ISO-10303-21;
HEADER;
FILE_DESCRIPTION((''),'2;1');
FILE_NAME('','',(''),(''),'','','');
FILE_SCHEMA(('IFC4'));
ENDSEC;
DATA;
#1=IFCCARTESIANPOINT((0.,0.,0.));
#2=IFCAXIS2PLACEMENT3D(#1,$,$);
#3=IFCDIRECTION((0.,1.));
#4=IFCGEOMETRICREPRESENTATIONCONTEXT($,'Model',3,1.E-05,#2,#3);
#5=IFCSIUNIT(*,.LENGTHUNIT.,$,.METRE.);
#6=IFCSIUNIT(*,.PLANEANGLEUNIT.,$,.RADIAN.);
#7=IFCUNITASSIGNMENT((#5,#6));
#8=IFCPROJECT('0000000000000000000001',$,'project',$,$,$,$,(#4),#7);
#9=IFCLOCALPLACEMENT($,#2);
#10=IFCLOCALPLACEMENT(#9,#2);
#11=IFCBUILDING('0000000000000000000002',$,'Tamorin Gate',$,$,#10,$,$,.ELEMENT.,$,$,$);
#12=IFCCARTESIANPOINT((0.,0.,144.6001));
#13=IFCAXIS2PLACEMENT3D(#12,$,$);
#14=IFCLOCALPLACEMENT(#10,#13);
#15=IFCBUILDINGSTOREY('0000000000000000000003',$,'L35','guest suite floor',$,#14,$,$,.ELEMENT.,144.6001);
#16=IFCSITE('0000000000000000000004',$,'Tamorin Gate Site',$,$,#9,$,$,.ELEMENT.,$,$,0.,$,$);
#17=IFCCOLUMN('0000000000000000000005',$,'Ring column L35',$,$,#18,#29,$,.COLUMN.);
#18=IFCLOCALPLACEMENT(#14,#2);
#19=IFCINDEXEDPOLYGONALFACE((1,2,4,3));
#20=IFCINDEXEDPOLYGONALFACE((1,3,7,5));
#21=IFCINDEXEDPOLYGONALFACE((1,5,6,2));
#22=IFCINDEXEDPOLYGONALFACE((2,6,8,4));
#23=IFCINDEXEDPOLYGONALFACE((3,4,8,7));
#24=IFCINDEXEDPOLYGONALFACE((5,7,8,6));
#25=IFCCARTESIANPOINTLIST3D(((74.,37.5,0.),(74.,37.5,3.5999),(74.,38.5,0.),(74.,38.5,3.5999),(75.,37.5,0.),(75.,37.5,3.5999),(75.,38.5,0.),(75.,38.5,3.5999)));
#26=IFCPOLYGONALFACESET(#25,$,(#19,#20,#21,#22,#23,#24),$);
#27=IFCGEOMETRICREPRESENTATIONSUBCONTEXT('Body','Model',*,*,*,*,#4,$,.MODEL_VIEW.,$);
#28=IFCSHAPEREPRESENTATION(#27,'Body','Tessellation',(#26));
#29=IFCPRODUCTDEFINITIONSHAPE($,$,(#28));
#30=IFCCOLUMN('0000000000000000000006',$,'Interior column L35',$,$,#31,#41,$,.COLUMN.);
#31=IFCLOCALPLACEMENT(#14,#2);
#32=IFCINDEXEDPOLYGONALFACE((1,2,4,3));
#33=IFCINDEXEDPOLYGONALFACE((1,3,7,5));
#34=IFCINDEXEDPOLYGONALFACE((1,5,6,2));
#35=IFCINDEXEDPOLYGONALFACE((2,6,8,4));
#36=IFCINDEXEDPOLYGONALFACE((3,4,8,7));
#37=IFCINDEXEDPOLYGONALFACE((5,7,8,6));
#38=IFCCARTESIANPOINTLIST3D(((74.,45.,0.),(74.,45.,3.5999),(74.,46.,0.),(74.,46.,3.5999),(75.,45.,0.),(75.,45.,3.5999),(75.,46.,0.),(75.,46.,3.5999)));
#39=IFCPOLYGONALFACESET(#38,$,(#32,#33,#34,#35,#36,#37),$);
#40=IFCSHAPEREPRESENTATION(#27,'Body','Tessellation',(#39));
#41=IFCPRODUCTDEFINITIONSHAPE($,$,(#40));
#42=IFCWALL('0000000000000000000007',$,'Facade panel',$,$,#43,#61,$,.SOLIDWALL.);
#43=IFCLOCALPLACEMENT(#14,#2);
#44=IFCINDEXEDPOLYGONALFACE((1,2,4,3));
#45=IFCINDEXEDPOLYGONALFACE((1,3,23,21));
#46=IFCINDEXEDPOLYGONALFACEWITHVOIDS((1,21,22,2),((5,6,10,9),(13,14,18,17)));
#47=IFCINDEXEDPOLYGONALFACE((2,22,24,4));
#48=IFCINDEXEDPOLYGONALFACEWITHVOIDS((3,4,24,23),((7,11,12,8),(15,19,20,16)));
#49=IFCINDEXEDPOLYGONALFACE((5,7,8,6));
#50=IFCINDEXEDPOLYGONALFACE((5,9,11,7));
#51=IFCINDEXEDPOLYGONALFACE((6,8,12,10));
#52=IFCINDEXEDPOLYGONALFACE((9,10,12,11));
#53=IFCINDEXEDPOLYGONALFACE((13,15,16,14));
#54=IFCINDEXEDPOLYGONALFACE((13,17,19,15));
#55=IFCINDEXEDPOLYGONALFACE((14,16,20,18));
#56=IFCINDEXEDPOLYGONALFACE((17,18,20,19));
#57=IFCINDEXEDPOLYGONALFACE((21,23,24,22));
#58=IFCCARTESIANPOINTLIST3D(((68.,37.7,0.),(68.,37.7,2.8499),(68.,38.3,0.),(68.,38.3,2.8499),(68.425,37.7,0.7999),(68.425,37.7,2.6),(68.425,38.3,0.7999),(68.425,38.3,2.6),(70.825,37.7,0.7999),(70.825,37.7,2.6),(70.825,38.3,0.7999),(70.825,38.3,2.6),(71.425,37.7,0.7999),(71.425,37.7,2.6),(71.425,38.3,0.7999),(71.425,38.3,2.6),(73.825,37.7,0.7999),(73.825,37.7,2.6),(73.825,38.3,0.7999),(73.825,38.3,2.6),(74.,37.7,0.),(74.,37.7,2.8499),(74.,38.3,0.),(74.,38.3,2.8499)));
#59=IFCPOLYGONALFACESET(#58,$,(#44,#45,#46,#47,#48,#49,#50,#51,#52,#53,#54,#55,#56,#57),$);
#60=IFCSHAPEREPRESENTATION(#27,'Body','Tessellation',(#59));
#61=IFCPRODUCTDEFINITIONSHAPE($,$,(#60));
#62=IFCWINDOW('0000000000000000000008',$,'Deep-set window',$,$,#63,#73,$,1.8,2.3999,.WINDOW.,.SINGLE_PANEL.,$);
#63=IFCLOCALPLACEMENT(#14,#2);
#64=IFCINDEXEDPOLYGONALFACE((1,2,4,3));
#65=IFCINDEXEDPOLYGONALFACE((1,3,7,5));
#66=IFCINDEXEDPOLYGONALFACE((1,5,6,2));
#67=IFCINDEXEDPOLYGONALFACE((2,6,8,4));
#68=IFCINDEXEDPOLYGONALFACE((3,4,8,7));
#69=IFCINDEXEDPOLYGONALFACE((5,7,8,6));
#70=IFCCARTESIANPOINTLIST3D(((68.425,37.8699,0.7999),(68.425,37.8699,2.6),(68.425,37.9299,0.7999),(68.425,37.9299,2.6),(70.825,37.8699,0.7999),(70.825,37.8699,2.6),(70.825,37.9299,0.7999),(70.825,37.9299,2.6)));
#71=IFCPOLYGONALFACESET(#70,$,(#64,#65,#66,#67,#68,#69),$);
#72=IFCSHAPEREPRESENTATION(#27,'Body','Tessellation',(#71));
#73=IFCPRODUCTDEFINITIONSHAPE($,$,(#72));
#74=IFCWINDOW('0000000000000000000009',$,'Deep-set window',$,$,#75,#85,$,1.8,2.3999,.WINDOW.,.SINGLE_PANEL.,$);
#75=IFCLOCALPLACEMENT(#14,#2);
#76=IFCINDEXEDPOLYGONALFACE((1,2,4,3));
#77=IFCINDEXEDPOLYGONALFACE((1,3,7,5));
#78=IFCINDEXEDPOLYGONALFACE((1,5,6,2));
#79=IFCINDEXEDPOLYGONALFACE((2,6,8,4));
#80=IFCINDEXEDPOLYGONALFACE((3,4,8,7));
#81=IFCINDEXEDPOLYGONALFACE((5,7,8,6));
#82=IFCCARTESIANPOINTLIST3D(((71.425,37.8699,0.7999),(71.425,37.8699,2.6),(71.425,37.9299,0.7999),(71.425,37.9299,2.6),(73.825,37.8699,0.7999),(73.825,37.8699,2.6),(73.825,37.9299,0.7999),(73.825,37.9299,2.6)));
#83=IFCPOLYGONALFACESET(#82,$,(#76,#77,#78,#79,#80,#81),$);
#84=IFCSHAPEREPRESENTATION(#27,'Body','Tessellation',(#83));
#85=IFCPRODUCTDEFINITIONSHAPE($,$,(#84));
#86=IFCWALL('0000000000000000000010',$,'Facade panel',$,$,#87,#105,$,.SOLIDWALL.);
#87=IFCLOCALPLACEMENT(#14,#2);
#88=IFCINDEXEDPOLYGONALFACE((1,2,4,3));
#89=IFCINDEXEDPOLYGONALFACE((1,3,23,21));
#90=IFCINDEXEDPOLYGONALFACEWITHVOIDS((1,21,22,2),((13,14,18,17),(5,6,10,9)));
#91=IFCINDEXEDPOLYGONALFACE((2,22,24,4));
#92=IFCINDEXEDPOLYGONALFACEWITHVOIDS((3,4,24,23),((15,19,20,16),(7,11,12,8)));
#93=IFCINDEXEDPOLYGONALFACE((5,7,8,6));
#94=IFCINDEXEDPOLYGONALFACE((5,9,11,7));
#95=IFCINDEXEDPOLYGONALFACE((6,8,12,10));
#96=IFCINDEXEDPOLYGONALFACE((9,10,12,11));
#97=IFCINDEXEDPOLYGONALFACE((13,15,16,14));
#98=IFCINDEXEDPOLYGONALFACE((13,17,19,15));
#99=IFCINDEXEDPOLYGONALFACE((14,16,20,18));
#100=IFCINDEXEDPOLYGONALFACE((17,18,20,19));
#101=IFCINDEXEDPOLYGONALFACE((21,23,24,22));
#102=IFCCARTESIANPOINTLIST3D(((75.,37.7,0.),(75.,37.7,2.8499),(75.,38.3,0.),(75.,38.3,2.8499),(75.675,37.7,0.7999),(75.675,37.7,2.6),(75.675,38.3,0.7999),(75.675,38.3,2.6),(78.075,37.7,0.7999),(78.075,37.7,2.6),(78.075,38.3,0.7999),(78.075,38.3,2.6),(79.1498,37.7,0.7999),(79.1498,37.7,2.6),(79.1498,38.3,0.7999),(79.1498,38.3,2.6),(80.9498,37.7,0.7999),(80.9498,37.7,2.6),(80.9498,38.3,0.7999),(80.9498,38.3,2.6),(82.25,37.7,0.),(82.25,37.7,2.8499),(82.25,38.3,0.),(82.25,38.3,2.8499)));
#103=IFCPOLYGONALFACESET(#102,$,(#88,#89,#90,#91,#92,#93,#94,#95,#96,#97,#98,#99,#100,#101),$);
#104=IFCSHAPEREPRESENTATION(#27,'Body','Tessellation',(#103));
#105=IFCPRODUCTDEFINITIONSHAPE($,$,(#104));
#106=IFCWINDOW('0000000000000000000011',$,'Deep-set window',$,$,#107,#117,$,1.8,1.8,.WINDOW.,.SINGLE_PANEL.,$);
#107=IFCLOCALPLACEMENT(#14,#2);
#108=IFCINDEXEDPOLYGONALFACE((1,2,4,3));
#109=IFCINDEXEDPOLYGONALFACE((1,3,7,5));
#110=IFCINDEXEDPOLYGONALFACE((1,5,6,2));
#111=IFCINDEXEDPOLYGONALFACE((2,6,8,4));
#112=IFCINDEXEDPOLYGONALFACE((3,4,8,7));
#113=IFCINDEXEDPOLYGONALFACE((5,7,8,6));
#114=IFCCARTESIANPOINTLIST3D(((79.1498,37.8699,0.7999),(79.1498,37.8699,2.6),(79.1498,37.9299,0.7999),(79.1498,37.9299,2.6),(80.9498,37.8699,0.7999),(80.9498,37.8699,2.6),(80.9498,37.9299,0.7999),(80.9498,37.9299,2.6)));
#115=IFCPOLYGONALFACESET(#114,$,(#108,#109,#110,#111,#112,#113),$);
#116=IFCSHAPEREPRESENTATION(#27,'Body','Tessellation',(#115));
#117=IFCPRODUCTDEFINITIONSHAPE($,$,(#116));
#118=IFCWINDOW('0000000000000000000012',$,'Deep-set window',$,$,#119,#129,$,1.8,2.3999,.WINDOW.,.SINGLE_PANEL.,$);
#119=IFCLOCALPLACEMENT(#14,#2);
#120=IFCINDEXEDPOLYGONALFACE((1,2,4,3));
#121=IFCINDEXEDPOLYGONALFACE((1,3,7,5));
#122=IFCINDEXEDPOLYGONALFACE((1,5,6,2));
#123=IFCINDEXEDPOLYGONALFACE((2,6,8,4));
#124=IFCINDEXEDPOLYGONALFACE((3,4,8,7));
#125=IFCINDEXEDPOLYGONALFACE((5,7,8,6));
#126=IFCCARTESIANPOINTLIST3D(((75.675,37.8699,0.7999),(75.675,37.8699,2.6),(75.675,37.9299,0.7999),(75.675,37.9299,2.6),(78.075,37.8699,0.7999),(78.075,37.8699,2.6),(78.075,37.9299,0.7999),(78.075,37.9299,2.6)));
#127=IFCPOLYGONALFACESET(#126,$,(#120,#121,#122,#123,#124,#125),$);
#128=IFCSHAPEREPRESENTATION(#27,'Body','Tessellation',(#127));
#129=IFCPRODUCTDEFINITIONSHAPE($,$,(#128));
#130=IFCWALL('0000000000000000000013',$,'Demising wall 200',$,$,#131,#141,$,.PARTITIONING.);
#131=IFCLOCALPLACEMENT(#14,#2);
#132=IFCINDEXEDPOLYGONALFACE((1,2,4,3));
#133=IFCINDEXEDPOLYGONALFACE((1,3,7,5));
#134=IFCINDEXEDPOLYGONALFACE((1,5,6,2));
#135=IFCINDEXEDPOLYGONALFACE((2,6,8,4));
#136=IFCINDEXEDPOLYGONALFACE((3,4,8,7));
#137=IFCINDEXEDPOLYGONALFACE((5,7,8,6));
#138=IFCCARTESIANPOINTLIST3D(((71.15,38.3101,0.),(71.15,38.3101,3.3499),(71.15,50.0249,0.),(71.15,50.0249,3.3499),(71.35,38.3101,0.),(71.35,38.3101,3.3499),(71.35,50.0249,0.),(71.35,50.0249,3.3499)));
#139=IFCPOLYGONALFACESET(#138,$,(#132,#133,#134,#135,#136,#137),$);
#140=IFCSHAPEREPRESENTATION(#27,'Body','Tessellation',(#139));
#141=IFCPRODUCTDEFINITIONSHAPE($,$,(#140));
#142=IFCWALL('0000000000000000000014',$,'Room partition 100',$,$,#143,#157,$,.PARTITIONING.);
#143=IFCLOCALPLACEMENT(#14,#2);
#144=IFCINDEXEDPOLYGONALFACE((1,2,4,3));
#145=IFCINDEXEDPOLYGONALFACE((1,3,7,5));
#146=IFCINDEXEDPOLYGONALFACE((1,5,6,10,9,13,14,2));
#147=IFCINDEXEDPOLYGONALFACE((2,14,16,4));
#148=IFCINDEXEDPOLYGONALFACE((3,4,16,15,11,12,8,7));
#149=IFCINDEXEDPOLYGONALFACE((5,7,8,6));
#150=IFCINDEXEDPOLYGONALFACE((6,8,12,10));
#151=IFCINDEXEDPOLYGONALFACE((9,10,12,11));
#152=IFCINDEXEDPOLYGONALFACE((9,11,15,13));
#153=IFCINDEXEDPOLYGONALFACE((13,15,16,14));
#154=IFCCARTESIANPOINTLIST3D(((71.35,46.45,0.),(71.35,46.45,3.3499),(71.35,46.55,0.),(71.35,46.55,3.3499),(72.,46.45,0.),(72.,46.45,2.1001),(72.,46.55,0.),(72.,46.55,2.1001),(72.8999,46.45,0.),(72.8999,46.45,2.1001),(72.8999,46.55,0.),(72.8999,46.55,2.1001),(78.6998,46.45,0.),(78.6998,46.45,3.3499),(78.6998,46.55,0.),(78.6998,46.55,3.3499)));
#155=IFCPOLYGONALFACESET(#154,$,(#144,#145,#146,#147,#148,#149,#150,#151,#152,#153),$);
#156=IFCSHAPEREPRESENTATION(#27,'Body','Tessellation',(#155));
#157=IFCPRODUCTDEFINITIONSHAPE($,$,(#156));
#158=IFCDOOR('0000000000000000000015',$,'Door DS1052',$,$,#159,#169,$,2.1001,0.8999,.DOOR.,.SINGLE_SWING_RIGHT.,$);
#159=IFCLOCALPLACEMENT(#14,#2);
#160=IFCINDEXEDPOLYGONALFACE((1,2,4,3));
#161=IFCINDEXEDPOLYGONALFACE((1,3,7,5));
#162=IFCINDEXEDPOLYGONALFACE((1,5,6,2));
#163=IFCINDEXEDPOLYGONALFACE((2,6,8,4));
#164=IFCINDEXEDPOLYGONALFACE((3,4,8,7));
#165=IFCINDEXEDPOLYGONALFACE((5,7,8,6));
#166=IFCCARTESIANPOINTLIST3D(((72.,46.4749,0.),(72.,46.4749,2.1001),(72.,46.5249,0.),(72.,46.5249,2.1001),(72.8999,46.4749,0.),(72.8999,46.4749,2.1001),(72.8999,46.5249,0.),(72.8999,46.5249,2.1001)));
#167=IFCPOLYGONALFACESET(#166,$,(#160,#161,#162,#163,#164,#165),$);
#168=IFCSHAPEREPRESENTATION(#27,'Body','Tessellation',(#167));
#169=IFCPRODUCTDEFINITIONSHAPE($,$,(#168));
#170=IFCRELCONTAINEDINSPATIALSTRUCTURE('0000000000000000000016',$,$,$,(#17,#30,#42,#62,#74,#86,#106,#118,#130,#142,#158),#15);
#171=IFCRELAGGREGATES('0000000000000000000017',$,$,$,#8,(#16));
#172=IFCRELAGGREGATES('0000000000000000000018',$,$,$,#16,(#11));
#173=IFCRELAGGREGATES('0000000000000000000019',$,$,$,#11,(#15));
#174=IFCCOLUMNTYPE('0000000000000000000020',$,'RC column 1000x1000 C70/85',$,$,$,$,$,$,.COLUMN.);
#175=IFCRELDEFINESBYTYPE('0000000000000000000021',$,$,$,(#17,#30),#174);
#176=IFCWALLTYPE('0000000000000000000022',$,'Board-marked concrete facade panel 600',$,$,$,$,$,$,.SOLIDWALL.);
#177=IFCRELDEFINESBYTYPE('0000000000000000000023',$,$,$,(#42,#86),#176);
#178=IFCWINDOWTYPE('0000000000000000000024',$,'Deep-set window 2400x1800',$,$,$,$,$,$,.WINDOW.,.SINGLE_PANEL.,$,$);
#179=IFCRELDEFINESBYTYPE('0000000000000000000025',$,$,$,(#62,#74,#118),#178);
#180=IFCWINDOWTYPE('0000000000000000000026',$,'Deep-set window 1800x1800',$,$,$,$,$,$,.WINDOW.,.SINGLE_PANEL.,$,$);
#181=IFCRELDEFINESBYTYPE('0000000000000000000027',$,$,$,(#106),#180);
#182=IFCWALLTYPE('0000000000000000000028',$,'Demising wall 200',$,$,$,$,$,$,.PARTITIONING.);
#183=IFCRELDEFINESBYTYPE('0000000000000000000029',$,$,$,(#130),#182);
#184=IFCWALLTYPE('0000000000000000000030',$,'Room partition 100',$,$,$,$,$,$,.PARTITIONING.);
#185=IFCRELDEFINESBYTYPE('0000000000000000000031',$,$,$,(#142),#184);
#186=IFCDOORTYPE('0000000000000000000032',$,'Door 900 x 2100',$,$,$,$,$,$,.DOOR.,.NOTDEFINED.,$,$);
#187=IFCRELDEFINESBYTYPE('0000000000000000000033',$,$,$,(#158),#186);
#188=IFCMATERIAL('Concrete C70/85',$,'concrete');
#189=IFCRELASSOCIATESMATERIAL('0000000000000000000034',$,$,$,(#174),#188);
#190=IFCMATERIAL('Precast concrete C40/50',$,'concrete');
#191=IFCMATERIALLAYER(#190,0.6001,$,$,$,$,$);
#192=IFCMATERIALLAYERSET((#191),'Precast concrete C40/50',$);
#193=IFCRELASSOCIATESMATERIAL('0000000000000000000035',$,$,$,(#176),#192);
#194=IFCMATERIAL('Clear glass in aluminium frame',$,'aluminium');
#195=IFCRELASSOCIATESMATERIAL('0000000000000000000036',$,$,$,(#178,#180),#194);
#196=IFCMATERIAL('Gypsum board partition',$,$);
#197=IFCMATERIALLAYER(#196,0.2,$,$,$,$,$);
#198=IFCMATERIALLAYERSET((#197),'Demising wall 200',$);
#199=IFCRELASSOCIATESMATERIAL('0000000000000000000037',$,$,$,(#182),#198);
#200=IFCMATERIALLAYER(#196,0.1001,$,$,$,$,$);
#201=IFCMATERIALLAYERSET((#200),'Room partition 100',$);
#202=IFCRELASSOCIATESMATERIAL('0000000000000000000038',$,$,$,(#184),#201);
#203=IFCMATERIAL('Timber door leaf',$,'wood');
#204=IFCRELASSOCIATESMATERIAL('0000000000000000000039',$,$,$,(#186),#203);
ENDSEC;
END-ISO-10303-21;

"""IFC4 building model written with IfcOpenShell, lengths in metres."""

from ifc_helpers import new_model, si_unit, direction, frame, frame_2d, origin, origin_2d, place, context, subcontext, project, spatial, rectangle, extrude, material, layer, layer_set, material_profile, profile_set, type_object, element, fill, save


model = new_model("IFC4")

# Units and contexts
model_context = context("Model", 3, precision=1e-05, world=origin(), true_north=direction((0.0, 1.0)))
body_context = subcontext(model_context, "Body", "Model", "MODEL_VIEW")
ifc_project = project(units=[si_unit("LENGTHUNIT", "METRE"), si_unit("PLANEANGLEUNIT", "RADIAN")], contexts=[model_context])

# Site, building, storey
site_placement = place(None, origin())
site = spatial("IfcSite", under=ifc_project, at=site_placement, Name="Tamorin Gate Site", CompositionType="ELEMENT", RefElevation=0.0)
building_placement = place(site_placement, origin())
building = spatial("IfcBuilding", under=site, at=building_placement, Name="Tamorin Gate", CompositionType="ELEMENT")
storey_placement = place(building_placement, frame((0.0, 0.0, 144.6001)))
storey = spatial("IfcBuildingStorey", under=building, at=storey_placement, Name="L35", Description="guest suite floor", CompositionType="ELEMENT", Elevation=144.6001)

# Columns
ifc_material_1 = material(Name="Concrete C70/85", Category="concrete")
ifc_material_profile = material_profile(ifc_material_1, rectangle(XDim=1.0, YDim=1.0, at=origin_2d()), Name="RC 1000x1000")
ifc_profile_set = profile_set([ifc_material_profile], Name="Concrete C70/85")
column_type = type_object("IfcColumnType", Name="RC column 1000x1000 C70/85", PredefinedType="COLUMN", material=ifc_profile_set)
for number, where, z_axis, x_axis, name in (
    (1, (74.5, 38.0, 0.0), (0.0, 0.0, 1.0), (1.0, 0.0, 0.0), "Ring column L35"),
    (2, (74.5, 45.5, 0.0), (0.0, 0.0, 1.0), (1.0, 0.0, 0.0), "Interior column L35"),
):
    element("IfcColumn", number, at=place(storey_placement, frame(where, z_axis=z_axis, x_axis=x_axis)), inside=storey, type_object=column_type, Name=name, PredefinedType="COLUMN", context=body_context, shape_type="SweptSolid", body=[
        extrude(rectangle(XDim=1.0, YDim=1.0, at=origin_2d()), origin(), (0.0, 0.0, 1.0), 3.5999),
    ])

# Walls, openings, windows
ifc_material_2 = material(Name="Precast concrete C40/50", Category="concrete")
ifc_layer_1 = layer(ifc_material_2, 0.6001)
ifc_layer_set_1 = layer_set([ifc_layer_1], Name="Precast concrete C40/50")
wall_type_1 = type_object("IfcWallType", Name="Board-marked concrete facade panel 600", PredefinedType="SOLIDWALL", material=ifc_layer_set_1)
wall_1_placement = place(storey_placement, frame((68.0, 38.0, 0.0), z_axis=(0.0, 0.0, 1.0), x_axis=(1.0, 0.0, 0.0)))
wall_1 = element("IfcWall", 3, at=wall_1_placement, inside=storey, type_object=wall_type_1, Name="Facade panel", PredefinedType="SOLIDWALL", context=body_context, shape_type="SweptSolid", body=[
    extrude(rectangle(XDim=6.0, YDim=0.6001, at=frame_2d((3.0, 0.0))), origin(), (0.0, 0.0, 1.0), 2.8499),
])
opening_1_placement = place(wall_1_placement, frame((0.425, 0.0, 0.8)))
opening_1 = element("IfcOpeningElement", 4, at=opening_1_placement, cuts=wall_1, PredefinedType="OPENING", context=body_context, shape_type="SweptSolid", body=[
    extrude(rectangle(XDim=2.3999, YDim=1.8, at=frame_2d((1.2, 0.8999))), frame((0.0, 0.3101, 0.0), z_axis=(0.0, -1.0, 0.0), x_axis=(1.0, 0.0, 0.0)), (0.0, 0.0, 1.0), 0.6201),
])
opening_2_placement = place(wall_1_placement, frame((3.425, 0.0, 0.8)))
opening_2 = element("IfcOpeningElement", 5, at=opening_2_placement, cuts=wall_1, PredefinedType="OPENING", context=body_context, shape_type="SweptSolid", body=[
    extrude(rectangle(XDim=2.3999, YDim=1.8, at=frame_2d((1.2, 0.8999))), frame((0.0, 0.3101, 0.0), z_axis=(0.0, -1.0, 0.0), x_axis=(1.0, 0.0, 0.0)), (0.0, 0.0, 1.0), 0.6201),
])
ifc_material_3 = material(Name="Clear glass in aluminium frame", Category="aluminium")
window_type_1 = type_object("IfcWindowType", Name="Deep-set window 2400x1800", PartitioningType="SINGLE_PANEL", PredefinedType="WINDOW", material=ifc_material_3)
window_1_placement = place(opening_1_placement, origin())
window_1 = element("IfcWindow", 6, at=window_1_placement, inside=storey, type_object=window_type_1, Name="Deep-set window", OverallHeight=1.8, OverallWidth=2.3999, PartitioningType="SINGLE_PANEL", PredefinedType="WINDOW", context=body_context, shape_type="SweptSolid", body=[
    extrude(rectangle(XDim=2.3999, YDim=1.8, at=frame_2d((1.2, 0.8999))), frame((0.0, -0.0701, 0.0), z_axis=(0.0, -1.0, 0.0), x_axis=(1.0, 0.0, 0.0)), (0.0, 0.0, 1.0), 0.0601),
])
fill(opening_1, window_1)
window_2_placement = place(opening_2_placement, origin())
window_2 = element("IfcWindow", 7, at=window_2_placement, inside=storey, type_object=window_type_1, Name="Deep-set window", OverallHeight=1.8, OverallWidth=2.3999, PartitioningType="SINGLE_PANEL", PredefinedType="WINDOW", context=body_context, shape_type="SweptSolid", body=[
    extrude(rectangle(XDim=2.3999, YDim=1.8, at=frame_2d((1.2, 0.8999))), frame((0.0, -0.0701, 0.0), z_axis=(0.0, -1.0, 0.0), x_axis=(1.0, 0.0, 0.0)), (0.0, 0.0, 1.0), 0.0601),
])
fill(opening_2, window_2)
wall_2_placement = place(storey_placement, frame((75.0, 38.0, 0.0), z_axis=(0.0, 0.0, 1.0), x_axis=(1.0, 0.0, 0.0)))
wall_2 = element("IfcWall", 8, at=wall_2_placement, inside=storey, type_object=wall_type_1, Name="Facade panel", PredefinedType="SOLIDWALL", context=body_context, shape_type="SweptSolid", body=[
    extrude(rectangle(XDim=7.25, YDim=0.6001, at=frame_2d((3.625, 0.0))), origin(), (0.0, 0.0, 1.0), 2.8499),
])
opening_3_placement = place(wall_2_placement, frame((0.675, 0.0, 0.8)))
opening_3 = element("IfcOpeningElement", 9, at=opening_3_placement, cuts=wall_2, PredefinedType="OPENING", context=body_context, shape_type="SweptSolid", body=[
    extrude(rectangle(XDim=2.3999, YDim=1.8, at=frame_2d((1.2, 0.8999))), frame((0.0, 0.3101, 0.0), z_axis=(0.0, -1.0, 0.0), x_axis=(1.0, 0.0, 0.0)), (0.0, 0.0, 1.0), 0.6201),
])
opening_4_placement = place(wall_2_placement, frame((4.1499, 0.0, 0.8)))
opening_4 = element("IfcOpeningElement", 10, at=opening_4_placement, cuts=wall_2, PredefinedType="OPENING", context=body_context, shape_type="SweptSolid", body=[
    extrude(rectangle(XDim=1.8, YDim=1.8, at=frame_2d((0.8999, 0.8999))), frame((0.0, 0.3101, 0.0), z_axis=(0.0, -1.0, 0.0), x_axis=(1.0, 0.0, 0.0)), (0.0, 0.0, 1.0), 0.6201),
])
window_type_2 = type_object("IfcWindowType", Name="Deep-set window 1800x1800", PartitioningType="SINGLE_PANEL", PredefinedType="WINDOW", material=ifc_material_3)
window_3_placement = place(opening_4_placement, origin())
window_3 = element("IfcWindow", 11, at=window_3_placement, inside=storey, type_object=window_type_2, Name="Deep-set window", OverallHeight=1.8, OverallWidth=1.8, PartitioningType="SINGLE_PANEL", PredefinedType="WINDOW", context=body_context, shape_type="SweptSolid", body=[
    extrude(rectangle(XDim=1.8, YDim=1.8, at=frame_2d((0.8999, 0.8999))), frame((0.0, -0.0701, 0.0), z_axis=(0.0, -1.0, 0.0), x_axis=(1.0, 0.0, 0.0)), (0.0, 0.0, 1.0), 0.0601),
])
fill(opening_4, window_3)
window_4_placement = place(opening_3_placement, origin())
window_4 = element("IfcWindow", 12, at=window_4_placement, inside=storey, type_object=window_type_1, Name="Deep-set window", OverallHeight=1.8, OverallWidth=2.3999, PartitioningType="SINGLE_PANEL", PredefinedType="WINDOW", context=body_context, shape_type="SweptSolid", body=[
    extrude(rectangle(XDim=2.3999, YDim=1.8, at=frame_2d((1.2, 0.8999))), frame((0.0, -0.0701, 0.0), z_axis=(0.0, -1.0, 0.0), x_axis=(1.0, 0.0, 0.0)), (0.0, 0.0, 1.0), 0.0601),
])
fill(opening_3, window_4)

# Wall
ifc_material_4 = material(Name="Gypsum board partition")
ifc_layer_2 = layer(ifc_material_4, 0.2)
ifc_layer_set_2 = layer_set([ifc_layer_2], Name="Demising wall 200")
wall_type_2 = type_object("IfcWallType", Name="Demising wall 200", PredefinedType="PARTITIONING", material=ifc_layer_set_2)
wall_3_placement = place(storey_placement, frame((71.25, 38.3101, 0.0), z_axis=(0.0, 0.0, 1.0), x_axis=(0.0, 1.0, 0.0)))
element("IfcWall", 13, at=wall_3_placement, inside=storey, type_object=wall_type_2, Name="Demising wall 200", PredefinedType="PARTITIONING", context=body_context, shape_type="SweptSolid", body=[
    extrude(rectangle(XDim=11.7148, YDim=0.2, at=frame_2d((5.8574, 0.0))), origin(), (0.0, 0.0, 1.0), 3.3499),
])

# Wall, opening, door
ifc_layer_3 = layer(ifc_material_4, 0.1001)
ifc_layer_set_3 = layer_set([ifc_layer_3], Name="Room partition 100")
wall_type_3 = type_object("IfcWallType", Name="Room partition 100", PredefinedType="PARTITIONING", material=ifc_layer_set_3)
wall_4_placement = place(storey_placement, frame((71.3501, 46.5, 0.0), z_axis=(0.0, 0.0, 1.0), x_axis=(1.0, 0.0, 0.0)))
wall_4 = element("IfcWall", 14, at=wall_4_placement, inside=storey, type_object=wall_type_3, Name="Room partition 100", PredefinedType="PARTITIONING", context=body_context, shape_type="SweptSolid", body=[
    extrude(rectangle(XDim=7.3499, YDim=0.1001, at=frame_2d((3.6748, 0.0))), origin(), (0.0, 0.0, 1.0), 3.3499),
])
opening_5_placement = place(wall_4_placement, frame((0.6499, 0.0, 0.0)))
opening_5 = element("IfcOpeningElement", 15, at=opening_5_placement, cuts=wall_4, PredefinedType="OPENING", context=body_context, shape_type="SweptSolid", body=[
    extrude(rectangle(XDim=0.8999, YDim=2.1001, at=frame_2d((0.45, 1.05))), frame((0.0, 0.0601, 0.0), z_axis=(0.0, -1.0, 0.0), x_axis=(1.0, 0.0, 0.0)), (0.0, 0.0, 1.0), 0.1201),
])
ifc_material_5 = material(Name="Timber door leaf", Category="wood")
door_type = type_object("IfcDoorType", Name="Door 900 x 2100", OperationType="NOTDEFINED", PredefinedType="DOOR", material=ifc_material_5)
door_1_placement = place(opening_5_placement, origin())
door_1 = element("IfcDoor", 16, at=door_1_placement, inside=storey, type_object=door_type, Name="Door DS1052", OperationType="SINGLE_SWING_RIGHT", OverallHeight=2.1001, OverallWidth=0.8999, PredefinedType="DOOR", context=body_context, shape_type="SweptSolid", body=[
    extrude(rectangle(XDim=0.8999, YDim=2.1001, at=frame_2d((0.45, 1.05))), frame((0.0, 0.0249, 0.0), z_axis=(0.0, -1.0, 0.0), x_axis=(1.0, 0.0, 0.0)), (0.0, 0.0, 1.0), 0.05),
])
fill(opening_5, door_1)

save(model, "model.ifc")
